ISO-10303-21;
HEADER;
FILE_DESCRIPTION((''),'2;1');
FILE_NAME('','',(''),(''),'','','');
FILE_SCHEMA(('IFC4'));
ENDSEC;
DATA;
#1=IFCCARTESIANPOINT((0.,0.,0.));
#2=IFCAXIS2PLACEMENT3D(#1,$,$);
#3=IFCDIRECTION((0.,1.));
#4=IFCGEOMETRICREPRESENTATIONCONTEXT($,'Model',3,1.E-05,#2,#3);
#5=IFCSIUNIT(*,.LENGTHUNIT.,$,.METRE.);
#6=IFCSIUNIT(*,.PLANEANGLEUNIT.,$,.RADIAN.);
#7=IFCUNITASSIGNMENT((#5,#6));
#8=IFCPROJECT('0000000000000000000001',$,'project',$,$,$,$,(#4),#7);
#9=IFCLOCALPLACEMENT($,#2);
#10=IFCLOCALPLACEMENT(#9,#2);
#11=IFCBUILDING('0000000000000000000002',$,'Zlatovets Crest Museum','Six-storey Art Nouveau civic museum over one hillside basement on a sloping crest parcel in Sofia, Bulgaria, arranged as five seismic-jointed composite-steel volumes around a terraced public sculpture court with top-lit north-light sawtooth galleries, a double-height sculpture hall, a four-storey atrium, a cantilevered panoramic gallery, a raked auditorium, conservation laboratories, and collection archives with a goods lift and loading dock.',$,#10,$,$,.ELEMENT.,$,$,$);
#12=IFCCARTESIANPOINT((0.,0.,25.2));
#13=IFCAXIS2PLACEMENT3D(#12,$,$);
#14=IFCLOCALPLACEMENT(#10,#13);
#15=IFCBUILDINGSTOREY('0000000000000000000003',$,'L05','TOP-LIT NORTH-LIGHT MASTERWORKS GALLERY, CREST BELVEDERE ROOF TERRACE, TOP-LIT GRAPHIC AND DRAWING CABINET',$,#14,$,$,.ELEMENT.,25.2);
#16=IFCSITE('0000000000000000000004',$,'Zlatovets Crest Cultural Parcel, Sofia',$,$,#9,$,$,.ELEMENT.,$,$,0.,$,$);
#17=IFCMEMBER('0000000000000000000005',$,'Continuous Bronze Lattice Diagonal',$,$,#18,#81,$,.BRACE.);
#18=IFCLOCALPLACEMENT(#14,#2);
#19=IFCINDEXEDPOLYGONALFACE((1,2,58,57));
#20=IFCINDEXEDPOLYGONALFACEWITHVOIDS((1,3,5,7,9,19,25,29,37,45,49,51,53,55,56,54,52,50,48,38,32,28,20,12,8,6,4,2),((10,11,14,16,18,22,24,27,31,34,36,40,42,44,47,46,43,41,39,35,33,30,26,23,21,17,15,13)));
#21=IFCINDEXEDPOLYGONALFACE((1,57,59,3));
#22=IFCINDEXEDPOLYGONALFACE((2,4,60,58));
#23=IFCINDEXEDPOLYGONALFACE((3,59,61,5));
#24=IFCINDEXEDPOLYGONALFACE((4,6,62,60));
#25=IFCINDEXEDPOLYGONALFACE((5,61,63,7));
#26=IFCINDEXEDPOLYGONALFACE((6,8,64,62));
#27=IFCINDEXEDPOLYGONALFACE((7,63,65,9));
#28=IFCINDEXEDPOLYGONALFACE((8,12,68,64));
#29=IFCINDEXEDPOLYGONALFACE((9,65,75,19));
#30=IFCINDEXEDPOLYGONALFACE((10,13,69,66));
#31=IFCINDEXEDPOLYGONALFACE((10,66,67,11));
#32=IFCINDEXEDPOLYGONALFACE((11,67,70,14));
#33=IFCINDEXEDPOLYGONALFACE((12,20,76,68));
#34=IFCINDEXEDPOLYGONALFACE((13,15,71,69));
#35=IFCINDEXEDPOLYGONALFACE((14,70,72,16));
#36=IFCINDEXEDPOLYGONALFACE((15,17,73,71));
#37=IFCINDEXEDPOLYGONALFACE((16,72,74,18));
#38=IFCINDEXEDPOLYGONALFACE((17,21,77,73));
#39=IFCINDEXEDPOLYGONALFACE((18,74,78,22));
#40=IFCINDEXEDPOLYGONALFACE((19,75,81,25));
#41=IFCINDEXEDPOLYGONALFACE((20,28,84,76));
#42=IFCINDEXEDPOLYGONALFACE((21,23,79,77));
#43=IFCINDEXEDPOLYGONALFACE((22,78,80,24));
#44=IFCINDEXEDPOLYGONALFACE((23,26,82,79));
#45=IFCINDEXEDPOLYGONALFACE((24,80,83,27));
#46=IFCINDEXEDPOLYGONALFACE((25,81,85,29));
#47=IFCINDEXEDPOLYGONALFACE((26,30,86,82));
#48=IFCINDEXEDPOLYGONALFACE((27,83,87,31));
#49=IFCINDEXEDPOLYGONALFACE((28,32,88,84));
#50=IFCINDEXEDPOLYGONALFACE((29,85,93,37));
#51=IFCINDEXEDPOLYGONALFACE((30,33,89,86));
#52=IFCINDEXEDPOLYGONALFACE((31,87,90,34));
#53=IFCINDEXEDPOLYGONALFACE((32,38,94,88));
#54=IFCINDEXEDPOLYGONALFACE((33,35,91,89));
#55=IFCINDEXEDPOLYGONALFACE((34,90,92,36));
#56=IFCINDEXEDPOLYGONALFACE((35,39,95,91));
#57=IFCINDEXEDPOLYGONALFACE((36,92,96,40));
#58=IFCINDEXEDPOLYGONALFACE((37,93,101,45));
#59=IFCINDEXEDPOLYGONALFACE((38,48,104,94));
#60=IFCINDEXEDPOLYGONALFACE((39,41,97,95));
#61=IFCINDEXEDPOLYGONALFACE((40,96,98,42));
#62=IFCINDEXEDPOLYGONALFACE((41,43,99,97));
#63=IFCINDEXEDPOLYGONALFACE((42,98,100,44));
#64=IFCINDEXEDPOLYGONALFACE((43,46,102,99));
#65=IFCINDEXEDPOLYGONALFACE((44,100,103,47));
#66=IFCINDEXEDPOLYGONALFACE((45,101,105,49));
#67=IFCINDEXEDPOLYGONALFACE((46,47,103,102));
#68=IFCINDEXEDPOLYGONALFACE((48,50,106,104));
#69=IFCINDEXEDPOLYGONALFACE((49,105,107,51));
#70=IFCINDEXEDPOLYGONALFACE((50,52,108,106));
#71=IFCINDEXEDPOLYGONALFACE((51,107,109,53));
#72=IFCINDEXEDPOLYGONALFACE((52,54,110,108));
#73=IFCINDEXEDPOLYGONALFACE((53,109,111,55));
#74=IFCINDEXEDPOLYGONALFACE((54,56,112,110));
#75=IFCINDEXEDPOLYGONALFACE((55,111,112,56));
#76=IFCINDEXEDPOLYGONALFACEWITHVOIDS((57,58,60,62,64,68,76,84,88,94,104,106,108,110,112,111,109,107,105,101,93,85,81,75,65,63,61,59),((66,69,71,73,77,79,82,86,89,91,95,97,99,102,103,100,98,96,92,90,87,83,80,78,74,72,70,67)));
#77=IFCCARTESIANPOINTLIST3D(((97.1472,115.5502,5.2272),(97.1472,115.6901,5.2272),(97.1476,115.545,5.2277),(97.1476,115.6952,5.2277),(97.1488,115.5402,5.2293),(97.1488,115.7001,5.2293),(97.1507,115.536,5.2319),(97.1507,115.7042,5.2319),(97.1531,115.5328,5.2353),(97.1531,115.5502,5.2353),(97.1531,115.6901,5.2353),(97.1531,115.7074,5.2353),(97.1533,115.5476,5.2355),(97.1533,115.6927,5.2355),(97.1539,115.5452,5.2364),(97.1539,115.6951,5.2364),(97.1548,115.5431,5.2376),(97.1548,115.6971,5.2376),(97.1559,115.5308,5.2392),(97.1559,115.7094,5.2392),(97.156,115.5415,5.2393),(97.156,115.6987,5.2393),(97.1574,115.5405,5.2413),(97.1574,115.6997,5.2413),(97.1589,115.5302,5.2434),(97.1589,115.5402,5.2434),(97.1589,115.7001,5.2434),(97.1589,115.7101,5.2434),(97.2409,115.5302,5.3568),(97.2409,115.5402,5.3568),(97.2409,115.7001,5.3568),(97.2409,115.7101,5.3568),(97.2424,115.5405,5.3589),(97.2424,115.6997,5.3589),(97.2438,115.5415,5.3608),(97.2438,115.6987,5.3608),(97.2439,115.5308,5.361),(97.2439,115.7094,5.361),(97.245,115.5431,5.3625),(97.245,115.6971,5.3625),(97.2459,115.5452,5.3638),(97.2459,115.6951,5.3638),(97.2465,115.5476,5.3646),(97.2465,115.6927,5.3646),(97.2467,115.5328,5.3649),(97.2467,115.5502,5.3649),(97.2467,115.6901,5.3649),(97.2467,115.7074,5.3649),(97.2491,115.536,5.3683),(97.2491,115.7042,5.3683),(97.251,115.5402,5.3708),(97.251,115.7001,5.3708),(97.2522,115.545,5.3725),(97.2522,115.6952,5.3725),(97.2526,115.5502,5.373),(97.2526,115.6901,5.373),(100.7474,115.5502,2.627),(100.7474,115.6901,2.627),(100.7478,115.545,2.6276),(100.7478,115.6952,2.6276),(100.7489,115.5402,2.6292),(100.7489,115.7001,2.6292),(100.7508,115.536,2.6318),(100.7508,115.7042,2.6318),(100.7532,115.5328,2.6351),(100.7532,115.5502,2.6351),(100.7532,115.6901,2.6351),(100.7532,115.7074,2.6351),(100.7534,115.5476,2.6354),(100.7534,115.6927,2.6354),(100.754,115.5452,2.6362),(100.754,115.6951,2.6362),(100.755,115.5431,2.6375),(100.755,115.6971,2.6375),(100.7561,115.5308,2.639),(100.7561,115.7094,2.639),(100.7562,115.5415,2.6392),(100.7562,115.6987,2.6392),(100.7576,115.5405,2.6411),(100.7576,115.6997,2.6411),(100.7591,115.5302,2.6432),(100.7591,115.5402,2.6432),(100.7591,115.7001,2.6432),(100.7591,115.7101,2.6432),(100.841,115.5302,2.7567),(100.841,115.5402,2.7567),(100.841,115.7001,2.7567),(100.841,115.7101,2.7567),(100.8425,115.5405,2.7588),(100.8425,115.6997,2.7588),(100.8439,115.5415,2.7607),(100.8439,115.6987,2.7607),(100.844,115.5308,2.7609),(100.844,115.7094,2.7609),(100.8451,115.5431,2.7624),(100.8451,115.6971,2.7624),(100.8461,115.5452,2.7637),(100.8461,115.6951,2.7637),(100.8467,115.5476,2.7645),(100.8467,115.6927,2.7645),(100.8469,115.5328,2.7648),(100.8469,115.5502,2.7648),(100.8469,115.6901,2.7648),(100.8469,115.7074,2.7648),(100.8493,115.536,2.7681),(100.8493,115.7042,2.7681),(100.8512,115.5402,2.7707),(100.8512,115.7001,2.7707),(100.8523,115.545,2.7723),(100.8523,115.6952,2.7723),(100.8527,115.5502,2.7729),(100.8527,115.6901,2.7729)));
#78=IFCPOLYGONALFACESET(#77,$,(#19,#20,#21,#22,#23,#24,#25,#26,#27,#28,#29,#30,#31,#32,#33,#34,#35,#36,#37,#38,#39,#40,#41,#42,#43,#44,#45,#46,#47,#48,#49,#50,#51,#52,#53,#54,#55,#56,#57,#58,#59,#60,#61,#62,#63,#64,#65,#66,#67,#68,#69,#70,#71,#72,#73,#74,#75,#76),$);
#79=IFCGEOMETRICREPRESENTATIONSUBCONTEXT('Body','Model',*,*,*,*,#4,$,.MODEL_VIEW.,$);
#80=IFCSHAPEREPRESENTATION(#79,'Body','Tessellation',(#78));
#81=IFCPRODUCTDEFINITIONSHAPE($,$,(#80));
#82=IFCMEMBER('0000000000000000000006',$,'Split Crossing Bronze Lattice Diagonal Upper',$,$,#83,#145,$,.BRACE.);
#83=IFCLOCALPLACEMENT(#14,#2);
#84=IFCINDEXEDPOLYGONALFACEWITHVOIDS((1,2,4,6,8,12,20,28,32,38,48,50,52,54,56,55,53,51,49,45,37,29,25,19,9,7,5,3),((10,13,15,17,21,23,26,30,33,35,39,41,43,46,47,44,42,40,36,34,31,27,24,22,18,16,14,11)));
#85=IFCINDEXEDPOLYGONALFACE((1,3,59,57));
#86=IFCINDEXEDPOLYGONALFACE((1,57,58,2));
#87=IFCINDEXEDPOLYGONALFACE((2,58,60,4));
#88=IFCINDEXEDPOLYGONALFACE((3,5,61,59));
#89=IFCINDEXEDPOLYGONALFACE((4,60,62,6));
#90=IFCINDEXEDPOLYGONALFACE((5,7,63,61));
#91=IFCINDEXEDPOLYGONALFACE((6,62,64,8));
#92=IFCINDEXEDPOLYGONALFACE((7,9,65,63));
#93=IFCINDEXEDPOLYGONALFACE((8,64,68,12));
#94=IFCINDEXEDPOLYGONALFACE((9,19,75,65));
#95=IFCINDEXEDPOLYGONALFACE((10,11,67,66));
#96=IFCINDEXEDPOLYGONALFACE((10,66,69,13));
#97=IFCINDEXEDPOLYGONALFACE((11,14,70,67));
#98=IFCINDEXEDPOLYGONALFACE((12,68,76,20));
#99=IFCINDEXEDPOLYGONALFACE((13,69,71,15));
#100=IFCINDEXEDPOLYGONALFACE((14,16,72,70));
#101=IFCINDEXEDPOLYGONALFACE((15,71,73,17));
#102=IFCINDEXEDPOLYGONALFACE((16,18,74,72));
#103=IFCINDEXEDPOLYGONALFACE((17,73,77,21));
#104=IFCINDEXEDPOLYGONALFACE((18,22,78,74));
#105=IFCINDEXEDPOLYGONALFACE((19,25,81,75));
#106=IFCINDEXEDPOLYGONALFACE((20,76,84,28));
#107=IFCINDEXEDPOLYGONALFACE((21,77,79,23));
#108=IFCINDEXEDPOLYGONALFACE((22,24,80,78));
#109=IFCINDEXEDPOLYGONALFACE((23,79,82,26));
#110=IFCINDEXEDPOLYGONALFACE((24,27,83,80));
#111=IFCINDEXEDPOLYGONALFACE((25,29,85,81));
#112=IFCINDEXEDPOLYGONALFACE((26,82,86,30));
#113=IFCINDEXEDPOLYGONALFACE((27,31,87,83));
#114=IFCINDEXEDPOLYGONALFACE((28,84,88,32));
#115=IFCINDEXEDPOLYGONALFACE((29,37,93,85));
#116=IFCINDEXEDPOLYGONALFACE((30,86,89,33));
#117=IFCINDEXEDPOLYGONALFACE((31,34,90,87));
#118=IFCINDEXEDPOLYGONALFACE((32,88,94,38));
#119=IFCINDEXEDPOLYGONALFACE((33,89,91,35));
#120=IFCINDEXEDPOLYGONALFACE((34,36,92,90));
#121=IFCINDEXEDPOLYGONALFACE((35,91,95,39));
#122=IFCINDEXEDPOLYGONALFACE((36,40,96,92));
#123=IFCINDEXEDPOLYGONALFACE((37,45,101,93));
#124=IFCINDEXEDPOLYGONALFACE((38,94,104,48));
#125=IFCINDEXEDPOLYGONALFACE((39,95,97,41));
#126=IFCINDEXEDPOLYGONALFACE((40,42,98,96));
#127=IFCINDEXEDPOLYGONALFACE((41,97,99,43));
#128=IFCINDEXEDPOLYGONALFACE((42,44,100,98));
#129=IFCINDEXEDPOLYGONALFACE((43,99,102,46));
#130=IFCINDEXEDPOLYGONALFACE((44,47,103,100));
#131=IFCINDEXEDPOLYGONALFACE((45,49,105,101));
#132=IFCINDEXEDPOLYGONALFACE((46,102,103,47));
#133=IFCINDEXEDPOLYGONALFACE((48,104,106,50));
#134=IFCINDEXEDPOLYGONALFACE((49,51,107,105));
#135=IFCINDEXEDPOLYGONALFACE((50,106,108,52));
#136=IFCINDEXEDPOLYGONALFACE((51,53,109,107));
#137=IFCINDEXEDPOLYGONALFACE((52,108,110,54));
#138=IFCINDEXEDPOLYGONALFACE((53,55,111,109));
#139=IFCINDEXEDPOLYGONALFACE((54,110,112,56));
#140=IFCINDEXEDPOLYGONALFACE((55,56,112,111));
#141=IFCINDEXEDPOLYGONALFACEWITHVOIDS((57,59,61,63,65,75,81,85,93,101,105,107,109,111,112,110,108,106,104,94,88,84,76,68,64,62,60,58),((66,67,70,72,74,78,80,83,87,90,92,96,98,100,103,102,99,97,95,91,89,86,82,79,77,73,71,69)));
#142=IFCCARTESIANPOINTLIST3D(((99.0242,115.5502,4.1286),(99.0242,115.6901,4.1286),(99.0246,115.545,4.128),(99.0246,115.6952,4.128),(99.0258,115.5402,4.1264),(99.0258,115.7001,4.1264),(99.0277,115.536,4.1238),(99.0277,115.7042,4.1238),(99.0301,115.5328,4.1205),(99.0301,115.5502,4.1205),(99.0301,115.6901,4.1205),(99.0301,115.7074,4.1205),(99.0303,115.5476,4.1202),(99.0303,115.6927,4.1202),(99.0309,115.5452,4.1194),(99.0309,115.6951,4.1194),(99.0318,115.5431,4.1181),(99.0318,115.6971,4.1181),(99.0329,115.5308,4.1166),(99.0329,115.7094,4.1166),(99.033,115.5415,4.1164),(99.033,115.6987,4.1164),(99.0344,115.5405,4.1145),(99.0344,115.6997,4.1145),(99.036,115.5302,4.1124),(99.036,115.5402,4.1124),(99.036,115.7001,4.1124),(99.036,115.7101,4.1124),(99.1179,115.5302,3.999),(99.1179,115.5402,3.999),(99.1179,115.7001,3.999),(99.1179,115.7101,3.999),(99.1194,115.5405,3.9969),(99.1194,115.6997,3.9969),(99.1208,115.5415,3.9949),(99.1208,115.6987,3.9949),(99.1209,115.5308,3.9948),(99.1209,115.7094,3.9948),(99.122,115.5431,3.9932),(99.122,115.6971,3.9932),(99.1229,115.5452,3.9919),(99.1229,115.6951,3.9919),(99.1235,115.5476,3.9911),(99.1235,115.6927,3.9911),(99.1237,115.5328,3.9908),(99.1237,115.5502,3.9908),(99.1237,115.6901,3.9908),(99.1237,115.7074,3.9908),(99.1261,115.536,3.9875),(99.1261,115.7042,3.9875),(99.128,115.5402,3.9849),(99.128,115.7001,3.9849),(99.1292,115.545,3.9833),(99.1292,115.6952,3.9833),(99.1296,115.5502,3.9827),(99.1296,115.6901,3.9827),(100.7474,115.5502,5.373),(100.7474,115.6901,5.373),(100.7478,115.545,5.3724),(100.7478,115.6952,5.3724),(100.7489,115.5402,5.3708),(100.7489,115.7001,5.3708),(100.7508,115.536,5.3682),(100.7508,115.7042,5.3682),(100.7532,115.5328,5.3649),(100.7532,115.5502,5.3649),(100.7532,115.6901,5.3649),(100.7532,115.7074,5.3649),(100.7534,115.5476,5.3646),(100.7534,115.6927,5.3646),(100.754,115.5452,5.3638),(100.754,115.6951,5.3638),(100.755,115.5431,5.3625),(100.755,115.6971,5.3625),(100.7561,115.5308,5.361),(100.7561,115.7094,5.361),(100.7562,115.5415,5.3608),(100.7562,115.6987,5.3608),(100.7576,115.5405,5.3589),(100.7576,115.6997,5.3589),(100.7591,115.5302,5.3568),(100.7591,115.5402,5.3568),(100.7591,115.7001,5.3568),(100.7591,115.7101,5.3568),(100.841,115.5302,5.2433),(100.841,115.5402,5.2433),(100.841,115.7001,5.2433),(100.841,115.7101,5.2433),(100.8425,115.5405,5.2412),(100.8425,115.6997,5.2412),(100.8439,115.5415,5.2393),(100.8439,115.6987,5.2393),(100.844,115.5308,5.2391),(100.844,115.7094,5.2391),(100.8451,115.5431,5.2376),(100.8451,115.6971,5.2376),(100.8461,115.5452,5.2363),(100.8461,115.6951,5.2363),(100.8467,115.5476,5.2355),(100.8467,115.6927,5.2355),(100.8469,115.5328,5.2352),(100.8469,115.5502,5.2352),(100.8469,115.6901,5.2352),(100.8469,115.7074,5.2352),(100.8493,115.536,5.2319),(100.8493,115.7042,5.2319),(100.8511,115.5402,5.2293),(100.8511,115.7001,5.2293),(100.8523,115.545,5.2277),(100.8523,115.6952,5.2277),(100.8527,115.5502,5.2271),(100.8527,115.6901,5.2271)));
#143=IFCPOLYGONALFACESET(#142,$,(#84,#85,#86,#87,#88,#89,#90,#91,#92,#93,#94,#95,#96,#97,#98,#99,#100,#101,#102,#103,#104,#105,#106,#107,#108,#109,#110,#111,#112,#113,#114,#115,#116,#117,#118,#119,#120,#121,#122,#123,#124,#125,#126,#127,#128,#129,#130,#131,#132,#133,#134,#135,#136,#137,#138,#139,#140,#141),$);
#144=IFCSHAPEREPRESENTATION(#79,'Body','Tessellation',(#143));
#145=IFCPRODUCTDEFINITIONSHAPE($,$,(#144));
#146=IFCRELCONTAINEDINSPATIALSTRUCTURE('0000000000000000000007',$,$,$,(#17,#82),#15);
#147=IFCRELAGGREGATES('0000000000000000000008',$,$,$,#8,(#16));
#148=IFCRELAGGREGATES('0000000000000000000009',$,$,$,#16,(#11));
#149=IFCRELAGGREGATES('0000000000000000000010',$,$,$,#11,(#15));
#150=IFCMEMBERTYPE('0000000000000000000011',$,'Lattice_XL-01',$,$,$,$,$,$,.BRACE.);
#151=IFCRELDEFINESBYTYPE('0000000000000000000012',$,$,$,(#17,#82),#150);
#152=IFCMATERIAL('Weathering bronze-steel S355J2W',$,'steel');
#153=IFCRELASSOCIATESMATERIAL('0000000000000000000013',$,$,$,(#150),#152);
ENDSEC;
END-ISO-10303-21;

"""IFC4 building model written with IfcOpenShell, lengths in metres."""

from ifc_helpers import new_model, si_unit, direction, frame, origin, origin_2d, place, context, subcontext, project, spatial, hollow_rectangle, extrude, material, material_profile, profile_set, type_object, element, save


model = new_model("IFC4")

# Units and contexts
model_context = context("Model", 3, precision=1e-05, world=origin(), true_north=direction((0.0, 1.0)))
body_context = subcontext(model_context, "Body", "Model", "MODEL_VIEW")
ifc_project = project(units=[si_unit("LENGTHUNIT", "METRE"), si_unit("PLANEANGLEUNIT", "RADIAN")], contexts=[model_context])

# Site, building, storey
site_placement = place(None, origin())
site = spatial("IfcSite", under=ifc_project, at=site_placement, Name="Zlatovets Crest Cultural Parcel, Sofia", CompositionType="ELEMENT", RefElevation=0.0)
building_placement = place(site_placement, origin())
building = spatial("IfcBuilding", under=site, at=building_placement, Name="Zlatovets Crest Museum", Description="Six-storey Art Nouveau civic museum over one hillside basement on a sloping crest parcel in Sofia, Bulgaria, arranged as five seismic-jointed composite-steel volumes around a terraced public sculpture court with top-lit north-light sawtooth galleries, a double-height sculpture hall, a four-storey atrium, a cantilevered panoramic gallery, a raked auditorium, conservation laboratories, and collection archives with a goods lift and loading dock.", CompositionType="ELEMENT")
storey_placement = place(building_placement, frame((0.0, 0.0, 25.2)))
storey = spatial("IfcBuildingStorey", under=building, at=storey_placement, Name="L05", Description="TOP-LIT NORTH-LIGHT MASTERWORKS GALLERY, CREST BELVEDERE ROOF TERRACE, TOP-LIT GRAPHIC AND DRAWING CABINET", CompositionType="ELEMENT", Elevation=25.2)

# Members
ifc_material_1 = material(Name="Weathering bronze-steel S355J2W", Category="steel")
ifc_material_profile_1 = material_profile(ifc_material_1, hollow_rectangle(XDim=0.1799, YDim=0.1799, WallThickness=0.01, InnerFilletRadius=0.01, OuterFilletRadius=0.02, at=origin_2d()), Name="SHS 180x180x10.0")
ifc_profile_set_1 = profile_set([ifc_material_profile_1], Name="Weathering bronze-steel S355J2W")
member_type_1 = type_object("IfcMemberType", Name="Lattice_XL-01", PredefinedType="BRACE", material=ifc_profile_set_1)
member_1_placement = place(storey_placement, frame((100.8, 115.6201, 2.7), z_axis=(-0.810676, 0.0, 0.585495), x_axis=(0.0, -1.0, 0.0)))
element("IfcMember", 1, at=member_1_placement, inside=storey, type_object=member_type_1, Name="Continuous Bronze Lattice Diagonal", PredefinedType="BRACE", context=body_context, shape_type="SweptSolid", body=[
    extrude(hollow_rectangle(XDim=0.1799, YDim=0.1799, WallThickness=0.01, InnerFilletRadius=0.01, OuterFilletRadius=0.02, at=origin_2d()), origin(), (0.0, 0.0, 1.0), 4.4409),
])
for number, where, z_axis, x_axis, name in (
    (2, (100.8, 115.6201, 5.3), (-0.810703, 0.0, -0.585457), (0.0, -1.0, 0.0), "Split Crossing Bronze Lattice Diagonal Upper"),
):
    element("IfcMember", number, at=place(storey_placement, frame(where, z_axis=z_axis, x_axis=x_axis)), inside=storey, type_object=member_type_1, Name=name, PredefinedType="BRACE", context=body_context, shape_type="SweptSolid", body=[
        extrude(hollow_rectangle(XDim=0.1799, YDim=0.1799, WallThickness=0.01, InnerFilletRadius=0.01, OuterFilletRadius=0.02, at=origin_2d()), origin(), (0.0, 0.0, 1.0), 2.1255),
    ])

save(model, "model.ifc")
